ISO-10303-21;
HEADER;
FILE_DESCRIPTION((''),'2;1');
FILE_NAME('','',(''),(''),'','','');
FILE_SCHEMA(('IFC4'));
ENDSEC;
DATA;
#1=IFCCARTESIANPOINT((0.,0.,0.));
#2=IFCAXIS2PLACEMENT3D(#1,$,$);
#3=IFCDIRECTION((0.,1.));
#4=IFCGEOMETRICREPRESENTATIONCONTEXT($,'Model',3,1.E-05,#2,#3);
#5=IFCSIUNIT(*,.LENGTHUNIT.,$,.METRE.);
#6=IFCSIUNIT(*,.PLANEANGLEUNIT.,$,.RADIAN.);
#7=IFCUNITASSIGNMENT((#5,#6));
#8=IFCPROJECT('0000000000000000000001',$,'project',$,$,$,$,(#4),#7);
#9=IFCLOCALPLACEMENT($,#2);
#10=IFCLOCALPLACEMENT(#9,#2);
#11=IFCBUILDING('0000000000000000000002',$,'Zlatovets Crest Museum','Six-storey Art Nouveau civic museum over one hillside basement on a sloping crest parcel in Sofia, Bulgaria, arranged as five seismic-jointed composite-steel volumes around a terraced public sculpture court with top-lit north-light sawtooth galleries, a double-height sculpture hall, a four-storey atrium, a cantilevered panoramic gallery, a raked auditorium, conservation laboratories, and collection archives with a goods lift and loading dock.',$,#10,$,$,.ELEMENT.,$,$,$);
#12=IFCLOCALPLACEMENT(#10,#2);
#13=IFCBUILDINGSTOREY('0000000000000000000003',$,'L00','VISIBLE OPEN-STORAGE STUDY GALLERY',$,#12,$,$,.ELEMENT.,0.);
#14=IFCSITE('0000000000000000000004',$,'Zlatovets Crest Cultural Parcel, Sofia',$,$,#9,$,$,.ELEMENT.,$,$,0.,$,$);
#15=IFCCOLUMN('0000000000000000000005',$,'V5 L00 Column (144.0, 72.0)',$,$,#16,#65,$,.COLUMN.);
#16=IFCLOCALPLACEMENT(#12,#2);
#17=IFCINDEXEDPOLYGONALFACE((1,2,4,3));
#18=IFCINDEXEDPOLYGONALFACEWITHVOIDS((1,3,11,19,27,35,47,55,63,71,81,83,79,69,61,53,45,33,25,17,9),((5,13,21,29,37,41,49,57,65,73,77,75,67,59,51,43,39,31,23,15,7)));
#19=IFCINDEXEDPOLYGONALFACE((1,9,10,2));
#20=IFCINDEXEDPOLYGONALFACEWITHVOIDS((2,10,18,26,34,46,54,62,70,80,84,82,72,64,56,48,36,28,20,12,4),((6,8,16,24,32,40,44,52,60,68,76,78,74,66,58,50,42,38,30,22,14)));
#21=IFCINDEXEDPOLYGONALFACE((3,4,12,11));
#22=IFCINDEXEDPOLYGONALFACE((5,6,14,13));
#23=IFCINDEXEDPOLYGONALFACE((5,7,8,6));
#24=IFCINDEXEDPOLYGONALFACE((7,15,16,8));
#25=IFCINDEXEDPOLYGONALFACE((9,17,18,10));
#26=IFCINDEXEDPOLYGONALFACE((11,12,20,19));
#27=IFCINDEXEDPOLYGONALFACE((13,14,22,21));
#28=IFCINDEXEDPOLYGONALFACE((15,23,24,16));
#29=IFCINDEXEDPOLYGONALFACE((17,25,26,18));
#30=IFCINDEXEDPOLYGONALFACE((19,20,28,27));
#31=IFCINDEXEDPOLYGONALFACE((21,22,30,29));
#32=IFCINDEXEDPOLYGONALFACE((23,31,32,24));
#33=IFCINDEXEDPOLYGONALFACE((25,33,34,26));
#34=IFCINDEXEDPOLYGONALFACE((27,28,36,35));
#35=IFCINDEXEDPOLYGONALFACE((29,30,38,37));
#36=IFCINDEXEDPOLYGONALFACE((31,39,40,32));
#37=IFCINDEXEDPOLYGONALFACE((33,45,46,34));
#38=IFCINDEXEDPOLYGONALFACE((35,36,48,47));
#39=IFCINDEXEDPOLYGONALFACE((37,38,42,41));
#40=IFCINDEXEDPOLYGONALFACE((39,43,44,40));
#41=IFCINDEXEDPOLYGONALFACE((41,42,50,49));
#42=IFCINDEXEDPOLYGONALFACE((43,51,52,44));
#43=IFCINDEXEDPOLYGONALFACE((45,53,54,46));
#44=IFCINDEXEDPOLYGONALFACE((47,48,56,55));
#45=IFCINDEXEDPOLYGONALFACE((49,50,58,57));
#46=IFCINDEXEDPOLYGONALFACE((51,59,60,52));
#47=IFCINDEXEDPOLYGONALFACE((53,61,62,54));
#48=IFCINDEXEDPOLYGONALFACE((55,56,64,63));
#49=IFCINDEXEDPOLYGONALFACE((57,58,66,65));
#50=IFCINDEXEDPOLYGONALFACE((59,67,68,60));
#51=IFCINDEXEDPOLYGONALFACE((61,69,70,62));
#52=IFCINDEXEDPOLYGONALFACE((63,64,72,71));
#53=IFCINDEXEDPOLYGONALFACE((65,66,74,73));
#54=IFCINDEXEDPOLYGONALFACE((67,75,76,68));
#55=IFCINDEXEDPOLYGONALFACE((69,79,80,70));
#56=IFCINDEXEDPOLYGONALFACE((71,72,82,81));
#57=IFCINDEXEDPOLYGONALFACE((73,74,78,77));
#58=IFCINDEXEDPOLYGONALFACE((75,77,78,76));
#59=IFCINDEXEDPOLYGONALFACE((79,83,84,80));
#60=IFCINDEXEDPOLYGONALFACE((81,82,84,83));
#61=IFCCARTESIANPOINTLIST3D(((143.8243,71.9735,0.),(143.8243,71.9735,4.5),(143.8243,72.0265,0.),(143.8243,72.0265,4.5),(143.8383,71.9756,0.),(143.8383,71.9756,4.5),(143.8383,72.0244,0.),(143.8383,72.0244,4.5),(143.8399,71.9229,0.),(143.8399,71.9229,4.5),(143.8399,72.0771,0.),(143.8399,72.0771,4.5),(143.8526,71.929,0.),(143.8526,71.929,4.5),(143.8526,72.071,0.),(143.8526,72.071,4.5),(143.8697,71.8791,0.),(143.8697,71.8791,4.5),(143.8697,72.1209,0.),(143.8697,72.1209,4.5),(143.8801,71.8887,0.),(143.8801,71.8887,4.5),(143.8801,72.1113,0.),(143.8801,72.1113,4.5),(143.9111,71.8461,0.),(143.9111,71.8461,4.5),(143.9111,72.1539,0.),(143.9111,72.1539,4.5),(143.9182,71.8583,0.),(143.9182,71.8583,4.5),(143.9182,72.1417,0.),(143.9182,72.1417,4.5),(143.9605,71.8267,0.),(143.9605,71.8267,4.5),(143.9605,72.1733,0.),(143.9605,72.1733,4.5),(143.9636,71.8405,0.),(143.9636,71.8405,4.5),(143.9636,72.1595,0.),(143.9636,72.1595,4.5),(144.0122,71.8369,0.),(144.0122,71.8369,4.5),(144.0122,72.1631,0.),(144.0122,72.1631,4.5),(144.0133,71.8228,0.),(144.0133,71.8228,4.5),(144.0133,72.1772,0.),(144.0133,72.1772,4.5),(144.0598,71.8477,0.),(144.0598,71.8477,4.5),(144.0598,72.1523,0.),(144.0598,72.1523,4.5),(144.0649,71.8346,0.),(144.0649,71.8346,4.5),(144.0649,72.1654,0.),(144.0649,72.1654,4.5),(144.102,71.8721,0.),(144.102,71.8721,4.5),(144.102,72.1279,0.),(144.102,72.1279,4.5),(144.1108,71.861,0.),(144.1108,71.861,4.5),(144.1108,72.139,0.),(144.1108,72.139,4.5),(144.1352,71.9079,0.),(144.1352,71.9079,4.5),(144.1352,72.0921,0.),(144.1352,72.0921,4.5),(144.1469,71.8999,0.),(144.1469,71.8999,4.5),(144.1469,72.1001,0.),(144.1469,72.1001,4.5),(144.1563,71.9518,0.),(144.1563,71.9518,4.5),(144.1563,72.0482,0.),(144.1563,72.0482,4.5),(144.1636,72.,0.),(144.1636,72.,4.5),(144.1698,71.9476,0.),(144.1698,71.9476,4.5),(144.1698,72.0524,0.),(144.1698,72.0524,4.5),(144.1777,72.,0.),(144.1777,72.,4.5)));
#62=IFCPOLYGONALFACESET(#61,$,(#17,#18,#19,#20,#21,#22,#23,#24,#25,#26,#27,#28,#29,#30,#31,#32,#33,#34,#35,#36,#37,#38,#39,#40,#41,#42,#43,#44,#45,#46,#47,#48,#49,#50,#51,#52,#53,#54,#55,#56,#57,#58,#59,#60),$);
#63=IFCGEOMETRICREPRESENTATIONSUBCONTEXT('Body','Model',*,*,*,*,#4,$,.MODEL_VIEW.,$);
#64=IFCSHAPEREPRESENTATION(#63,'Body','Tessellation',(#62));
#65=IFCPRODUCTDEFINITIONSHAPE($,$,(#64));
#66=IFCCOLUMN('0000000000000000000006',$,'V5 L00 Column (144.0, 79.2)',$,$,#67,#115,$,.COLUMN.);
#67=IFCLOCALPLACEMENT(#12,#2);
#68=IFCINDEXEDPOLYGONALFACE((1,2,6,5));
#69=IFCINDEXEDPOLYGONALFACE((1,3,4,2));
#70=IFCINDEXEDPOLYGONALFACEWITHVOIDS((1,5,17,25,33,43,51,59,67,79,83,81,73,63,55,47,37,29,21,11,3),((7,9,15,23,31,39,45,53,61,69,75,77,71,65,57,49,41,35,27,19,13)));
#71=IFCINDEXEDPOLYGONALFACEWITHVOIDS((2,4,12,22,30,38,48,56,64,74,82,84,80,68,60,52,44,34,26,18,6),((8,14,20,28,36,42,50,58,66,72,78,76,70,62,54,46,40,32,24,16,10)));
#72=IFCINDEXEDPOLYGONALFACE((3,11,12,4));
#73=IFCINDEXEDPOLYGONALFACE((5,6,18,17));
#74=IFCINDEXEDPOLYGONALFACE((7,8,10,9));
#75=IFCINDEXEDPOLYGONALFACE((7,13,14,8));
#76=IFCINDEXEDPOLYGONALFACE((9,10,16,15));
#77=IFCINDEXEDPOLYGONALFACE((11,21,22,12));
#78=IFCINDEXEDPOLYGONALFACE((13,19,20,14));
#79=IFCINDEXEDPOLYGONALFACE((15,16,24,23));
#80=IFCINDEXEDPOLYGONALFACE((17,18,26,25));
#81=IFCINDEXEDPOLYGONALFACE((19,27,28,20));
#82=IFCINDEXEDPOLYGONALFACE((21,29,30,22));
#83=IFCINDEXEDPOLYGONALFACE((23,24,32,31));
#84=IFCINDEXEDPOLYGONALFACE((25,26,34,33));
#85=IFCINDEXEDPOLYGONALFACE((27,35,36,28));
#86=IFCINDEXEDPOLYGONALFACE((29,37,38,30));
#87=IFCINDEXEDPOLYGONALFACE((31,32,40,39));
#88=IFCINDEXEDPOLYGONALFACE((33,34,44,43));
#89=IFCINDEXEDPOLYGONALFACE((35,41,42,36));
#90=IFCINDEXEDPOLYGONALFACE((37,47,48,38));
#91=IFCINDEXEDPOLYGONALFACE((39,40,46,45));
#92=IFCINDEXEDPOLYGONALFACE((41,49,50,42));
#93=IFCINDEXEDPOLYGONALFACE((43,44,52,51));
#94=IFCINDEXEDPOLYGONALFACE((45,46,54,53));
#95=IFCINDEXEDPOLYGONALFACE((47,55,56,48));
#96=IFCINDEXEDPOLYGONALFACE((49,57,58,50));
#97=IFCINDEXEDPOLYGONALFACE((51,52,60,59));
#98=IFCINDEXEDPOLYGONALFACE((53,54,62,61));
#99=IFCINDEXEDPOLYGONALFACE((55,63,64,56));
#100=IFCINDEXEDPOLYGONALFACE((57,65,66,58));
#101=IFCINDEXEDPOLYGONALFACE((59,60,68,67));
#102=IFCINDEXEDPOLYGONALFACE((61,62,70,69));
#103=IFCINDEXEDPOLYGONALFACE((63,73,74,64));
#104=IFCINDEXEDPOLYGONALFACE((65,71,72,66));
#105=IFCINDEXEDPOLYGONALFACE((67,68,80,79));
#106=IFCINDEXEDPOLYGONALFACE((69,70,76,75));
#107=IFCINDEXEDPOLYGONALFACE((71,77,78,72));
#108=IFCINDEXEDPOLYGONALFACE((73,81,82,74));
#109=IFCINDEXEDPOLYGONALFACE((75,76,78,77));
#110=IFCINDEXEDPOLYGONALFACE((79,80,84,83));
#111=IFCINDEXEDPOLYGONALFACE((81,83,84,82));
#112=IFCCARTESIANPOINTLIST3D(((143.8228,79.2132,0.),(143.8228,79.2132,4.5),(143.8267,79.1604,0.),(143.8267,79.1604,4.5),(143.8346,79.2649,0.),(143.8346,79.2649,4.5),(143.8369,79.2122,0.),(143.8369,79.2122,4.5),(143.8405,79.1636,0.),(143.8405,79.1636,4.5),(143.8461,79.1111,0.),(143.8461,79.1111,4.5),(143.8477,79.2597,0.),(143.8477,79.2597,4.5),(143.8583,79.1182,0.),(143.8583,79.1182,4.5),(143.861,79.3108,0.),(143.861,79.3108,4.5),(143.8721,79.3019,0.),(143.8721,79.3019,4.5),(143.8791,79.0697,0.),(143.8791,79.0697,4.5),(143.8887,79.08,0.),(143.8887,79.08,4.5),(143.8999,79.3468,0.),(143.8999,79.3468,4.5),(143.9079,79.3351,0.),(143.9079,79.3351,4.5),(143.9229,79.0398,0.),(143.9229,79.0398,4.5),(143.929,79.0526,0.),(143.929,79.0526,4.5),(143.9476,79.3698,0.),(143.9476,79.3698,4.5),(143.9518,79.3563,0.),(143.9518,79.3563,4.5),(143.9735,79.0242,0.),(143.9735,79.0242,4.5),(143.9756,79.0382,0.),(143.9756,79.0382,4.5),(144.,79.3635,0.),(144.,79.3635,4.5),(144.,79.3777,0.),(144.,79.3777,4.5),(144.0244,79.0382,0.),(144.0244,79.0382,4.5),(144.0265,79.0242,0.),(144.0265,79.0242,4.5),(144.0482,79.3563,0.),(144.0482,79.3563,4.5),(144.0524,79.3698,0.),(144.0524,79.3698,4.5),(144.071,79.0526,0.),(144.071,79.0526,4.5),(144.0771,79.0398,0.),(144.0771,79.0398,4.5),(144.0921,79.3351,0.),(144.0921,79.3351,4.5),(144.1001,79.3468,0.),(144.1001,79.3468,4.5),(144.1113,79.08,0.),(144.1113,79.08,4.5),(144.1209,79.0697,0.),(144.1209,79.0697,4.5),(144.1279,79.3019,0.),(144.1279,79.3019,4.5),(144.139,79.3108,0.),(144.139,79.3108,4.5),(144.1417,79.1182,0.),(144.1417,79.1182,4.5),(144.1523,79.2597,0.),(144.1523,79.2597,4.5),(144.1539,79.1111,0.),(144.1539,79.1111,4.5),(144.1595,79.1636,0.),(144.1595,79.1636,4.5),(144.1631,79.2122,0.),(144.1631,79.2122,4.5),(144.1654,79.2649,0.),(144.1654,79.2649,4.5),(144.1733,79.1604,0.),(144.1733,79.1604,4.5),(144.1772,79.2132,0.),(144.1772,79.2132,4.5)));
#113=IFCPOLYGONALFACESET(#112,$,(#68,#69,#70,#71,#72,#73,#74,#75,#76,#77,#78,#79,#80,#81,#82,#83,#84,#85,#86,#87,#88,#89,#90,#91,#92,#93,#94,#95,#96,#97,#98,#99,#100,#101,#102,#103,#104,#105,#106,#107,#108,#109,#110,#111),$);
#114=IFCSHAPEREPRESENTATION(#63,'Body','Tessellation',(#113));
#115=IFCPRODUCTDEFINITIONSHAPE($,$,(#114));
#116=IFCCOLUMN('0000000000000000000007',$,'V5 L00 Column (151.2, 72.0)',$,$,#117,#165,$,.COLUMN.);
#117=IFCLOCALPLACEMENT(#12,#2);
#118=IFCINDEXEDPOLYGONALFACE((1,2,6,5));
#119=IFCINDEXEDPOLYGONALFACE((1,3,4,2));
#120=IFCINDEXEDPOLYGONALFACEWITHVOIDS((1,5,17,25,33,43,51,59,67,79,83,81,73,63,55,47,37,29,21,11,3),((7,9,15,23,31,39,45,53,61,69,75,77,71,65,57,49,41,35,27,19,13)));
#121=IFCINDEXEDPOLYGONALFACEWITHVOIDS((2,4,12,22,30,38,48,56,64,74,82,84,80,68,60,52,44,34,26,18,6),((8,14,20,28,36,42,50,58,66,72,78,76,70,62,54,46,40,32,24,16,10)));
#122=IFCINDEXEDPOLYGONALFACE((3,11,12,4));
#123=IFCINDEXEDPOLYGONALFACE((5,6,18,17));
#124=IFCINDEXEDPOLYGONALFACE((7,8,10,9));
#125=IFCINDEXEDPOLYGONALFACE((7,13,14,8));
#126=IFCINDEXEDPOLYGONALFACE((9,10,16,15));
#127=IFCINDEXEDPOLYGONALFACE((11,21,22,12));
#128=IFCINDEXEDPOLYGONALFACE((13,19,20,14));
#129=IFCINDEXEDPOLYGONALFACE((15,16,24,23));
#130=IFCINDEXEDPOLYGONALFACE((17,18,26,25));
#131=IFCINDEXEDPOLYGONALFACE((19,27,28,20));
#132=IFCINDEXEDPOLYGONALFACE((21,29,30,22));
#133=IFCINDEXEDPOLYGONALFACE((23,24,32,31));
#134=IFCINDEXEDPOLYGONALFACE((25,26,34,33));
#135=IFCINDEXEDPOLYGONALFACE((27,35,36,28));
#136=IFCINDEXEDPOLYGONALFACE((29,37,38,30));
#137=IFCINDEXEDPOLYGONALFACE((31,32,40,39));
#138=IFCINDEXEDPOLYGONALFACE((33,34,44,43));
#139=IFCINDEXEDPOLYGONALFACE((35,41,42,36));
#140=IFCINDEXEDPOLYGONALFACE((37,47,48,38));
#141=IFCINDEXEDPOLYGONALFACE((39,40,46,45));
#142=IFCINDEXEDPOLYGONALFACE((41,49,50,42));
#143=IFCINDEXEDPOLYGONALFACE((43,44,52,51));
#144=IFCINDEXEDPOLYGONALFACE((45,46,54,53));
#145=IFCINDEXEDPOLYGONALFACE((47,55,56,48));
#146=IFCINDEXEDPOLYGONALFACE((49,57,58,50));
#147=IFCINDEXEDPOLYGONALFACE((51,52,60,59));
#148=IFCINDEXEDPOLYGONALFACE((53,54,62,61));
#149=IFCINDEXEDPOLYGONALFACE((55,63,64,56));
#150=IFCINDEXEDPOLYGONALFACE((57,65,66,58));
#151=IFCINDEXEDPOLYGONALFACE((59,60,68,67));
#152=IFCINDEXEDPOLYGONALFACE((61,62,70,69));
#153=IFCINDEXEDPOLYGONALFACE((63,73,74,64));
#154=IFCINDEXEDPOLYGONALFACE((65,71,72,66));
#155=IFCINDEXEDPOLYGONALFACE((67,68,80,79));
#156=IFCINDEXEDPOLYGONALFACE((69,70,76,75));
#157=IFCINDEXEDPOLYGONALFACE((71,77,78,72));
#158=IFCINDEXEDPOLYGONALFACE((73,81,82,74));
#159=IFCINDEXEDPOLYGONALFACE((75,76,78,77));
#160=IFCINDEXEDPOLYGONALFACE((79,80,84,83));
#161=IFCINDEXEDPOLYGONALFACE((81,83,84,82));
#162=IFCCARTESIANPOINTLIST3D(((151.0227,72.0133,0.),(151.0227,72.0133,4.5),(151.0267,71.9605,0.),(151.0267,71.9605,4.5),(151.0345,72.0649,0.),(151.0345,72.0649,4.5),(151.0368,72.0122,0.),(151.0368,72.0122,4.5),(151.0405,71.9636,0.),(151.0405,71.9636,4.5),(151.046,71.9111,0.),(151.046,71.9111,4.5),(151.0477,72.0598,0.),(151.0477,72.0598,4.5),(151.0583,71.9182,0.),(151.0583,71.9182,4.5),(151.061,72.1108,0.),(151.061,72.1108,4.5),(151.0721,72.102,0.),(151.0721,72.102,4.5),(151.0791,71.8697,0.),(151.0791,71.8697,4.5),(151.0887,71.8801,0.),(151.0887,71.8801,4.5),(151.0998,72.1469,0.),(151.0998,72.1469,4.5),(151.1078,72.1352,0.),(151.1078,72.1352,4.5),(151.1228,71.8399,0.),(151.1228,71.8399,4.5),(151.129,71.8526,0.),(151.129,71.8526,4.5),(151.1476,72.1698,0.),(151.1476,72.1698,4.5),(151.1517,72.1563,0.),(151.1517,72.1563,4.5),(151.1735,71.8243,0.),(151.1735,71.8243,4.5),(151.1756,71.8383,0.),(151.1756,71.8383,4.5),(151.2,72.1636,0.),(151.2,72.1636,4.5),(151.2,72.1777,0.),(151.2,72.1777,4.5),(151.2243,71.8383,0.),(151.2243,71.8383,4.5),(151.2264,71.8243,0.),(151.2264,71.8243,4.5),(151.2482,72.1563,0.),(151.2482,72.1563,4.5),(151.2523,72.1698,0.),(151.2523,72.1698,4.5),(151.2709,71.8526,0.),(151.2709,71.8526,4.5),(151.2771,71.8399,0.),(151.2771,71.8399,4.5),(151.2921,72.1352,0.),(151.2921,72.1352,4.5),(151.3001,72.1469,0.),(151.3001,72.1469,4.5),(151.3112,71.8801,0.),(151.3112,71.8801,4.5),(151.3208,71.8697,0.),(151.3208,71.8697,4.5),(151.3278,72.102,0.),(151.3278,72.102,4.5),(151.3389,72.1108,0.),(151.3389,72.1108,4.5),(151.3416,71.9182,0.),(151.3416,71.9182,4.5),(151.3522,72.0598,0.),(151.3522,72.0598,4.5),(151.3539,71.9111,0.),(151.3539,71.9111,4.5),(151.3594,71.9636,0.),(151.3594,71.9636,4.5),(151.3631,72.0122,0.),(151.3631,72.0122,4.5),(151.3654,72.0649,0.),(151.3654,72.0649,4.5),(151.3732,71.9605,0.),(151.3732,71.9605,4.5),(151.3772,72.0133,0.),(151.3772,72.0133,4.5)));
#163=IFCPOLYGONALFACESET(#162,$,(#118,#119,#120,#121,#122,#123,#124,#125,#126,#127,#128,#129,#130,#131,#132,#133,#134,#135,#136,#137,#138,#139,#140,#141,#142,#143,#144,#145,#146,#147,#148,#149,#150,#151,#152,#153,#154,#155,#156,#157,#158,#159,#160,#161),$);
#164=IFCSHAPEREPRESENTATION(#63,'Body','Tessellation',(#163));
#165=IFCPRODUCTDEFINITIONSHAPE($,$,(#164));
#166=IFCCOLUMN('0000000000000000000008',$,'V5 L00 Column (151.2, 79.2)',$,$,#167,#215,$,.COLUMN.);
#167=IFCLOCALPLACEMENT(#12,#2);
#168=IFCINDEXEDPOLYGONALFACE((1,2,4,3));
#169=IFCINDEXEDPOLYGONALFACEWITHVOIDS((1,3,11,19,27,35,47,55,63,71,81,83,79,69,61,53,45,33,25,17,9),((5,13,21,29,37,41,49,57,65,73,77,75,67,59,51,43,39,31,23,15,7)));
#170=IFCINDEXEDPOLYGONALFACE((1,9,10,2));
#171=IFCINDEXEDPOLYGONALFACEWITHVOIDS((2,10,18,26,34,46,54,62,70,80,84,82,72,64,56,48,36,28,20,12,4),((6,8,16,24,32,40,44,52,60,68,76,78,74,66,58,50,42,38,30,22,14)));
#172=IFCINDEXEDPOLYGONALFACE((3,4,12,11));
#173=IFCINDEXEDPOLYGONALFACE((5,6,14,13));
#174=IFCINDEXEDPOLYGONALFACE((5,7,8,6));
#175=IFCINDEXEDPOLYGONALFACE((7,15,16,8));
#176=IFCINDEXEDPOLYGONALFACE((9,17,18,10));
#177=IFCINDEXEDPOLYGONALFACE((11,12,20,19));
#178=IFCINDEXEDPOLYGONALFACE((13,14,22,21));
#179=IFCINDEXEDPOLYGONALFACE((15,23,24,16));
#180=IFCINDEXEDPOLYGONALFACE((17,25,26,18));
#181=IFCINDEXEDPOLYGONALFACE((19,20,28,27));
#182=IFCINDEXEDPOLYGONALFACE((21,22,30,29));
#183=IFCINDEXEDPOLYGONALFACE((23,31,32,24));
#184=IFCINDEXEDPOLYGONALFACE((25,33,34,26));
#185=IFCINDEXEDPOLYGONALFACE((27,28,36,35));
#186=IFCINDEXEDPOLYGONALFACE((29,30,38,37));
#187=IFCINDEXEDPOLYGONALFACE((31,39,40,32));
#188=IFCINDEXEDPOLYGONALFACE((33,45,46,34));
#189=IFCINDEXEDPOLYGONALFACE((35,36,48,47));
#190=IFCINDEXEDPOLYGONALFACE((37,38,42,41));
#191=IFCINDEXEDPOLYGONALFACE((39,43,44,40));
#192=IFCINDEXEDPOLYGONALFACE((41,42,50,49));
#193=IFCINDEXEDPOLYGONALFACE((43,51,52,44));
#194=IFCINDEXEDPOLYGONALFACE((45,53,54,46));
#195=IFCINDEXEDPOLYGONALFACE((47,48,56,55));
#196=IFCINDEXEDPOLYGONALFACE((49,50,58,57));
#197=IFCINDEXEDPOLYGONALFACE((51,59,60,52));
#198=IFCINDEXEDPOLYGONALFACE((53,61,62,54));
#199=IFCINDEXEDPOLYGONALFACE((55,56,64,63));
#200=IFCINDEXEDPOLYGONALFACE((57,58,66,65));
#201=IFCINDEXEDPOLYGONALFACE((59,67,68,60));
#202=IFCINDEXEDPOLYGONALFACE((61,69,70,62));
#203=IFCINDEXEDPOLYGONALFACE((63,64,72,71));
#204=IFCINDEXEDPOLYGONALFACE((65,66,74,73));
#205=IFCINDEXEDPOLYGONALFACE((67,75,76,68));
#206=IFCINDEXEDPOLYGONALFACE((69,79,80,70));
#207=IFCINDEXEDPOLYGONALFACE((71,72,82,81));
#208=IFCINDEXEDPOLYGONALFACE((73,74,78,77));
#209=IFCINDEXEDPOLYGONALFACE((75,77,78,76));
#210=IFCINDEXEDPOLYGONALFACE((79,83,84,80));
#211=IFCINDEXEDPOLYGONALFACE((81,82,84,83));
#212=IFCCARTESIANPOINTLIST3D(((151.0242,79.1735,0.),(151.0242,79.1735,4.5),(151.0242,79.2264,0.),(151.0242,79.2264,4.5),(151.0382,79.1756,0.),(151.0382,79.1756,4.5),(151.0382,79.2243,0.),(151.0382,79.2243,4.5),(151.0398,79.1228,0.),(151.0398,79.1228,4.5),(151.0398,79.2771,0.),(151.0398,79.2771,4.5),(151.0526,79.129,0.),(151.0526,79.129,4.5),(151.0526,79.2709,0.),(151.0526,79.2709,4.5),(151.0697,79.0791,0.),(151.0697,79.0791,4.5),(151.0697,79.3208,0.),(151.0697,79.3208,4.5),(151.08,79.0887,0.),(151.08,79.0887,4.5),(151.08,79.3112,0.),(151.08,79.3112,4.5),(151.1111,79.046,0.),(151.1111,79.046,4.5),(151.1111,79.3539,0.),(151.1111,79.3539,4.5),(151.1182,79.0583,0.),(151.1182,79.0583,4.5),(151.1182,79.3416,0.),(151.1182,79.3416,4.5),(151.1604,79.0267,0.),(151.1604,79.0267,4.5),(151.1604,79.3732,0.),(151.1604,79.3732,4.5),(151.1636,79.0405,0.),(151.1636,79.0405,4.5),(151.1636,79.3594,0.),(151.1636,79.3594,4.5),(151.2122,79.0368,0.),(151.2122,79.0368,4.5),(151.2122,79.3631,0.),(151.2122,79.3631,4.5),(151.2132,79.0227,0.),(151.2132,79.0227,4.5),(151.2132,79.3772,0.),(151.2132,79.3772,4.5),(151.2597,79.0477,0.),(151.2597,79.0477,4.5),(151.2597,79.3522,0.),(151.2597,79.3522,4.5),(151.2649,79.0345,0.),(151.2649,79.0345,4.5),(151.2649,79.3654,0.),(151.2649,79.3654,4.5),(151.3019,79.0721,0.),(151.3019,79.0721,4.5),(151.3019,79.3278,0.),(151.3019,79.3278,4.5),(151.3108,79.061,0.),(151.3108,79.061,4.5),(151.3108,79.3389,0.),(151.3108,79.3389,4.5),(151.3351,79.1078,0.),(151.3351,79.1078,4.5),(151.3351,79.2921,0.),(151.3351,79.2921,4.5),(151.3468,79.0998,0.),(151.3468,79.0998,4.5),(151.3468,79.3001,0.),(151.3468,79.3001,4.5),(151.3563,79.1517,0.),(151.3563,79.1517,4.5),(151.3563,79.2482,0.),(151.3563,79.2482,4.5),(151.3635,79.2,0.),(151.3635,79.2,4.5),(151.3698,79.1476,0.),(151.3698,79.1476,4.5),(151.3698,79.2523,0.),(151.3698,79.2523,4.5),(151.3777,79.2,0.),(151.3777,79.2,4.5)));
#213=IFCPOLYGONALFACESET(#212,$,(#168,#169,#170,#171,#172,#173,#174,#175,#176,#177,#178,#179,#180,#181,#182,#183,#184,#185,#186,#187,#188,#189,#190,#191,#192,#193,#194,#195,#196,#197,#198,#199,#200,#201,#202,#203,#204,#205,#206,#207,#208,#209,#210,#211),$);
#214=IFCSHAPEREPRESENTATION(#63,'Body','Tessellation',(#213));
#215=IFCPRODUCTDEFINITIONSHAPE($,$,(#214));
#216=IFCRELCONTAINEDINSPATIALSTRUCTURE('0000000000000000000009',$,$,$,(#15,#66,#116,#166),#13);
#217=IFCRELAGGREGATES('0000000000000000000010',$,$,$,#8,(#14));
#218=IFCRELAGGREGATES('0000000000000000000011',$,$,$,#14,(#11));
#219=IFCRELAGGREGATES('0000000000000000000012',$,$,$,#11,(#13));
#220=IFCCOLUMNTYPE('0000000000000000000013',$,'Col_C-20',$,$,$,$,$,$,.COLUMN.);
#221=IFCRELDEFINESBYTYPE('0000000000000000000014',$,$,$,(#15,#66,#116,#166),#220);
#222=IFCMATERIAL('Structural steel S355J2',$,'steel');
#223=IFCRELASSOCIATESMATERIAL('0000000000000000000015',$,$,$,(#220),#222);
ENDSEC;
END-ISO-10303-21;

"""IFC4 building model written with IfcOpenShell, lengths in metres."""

from ifc_helpers import new_model, si_unit, direction, frame, origin, origin_2d, place, context, subcontext, project, spatial, hollow_circle, extrude, material, material_profile, profile_set, type_object, element, save


model = new_model("IFC4")

# Units and contexts
model_context = context("Model", 3, precision=1e-05, world=origin(), true_north=direction((0.0, 1.0)))
body_context = subcontext(model_context, "Body", "Model", "MODEL_VIEW")
ifc_project = project(units=[si_unit("LENGTHUNIT", "METRE"), si_unit("PLANEANGLEUNIT", "RADIAN")], contexts=[model_context])

# Site, building, storey
site_placement = place(None, origin())
site = spatial("IfcSite", under=ifc_project, at=site_placement, Name="Zlatovets Crest Cultural Parcel, Sofia", CompositionType="ELEMENT", RefElevation=0.0)
building_placement = place(site_placement, origin())
building = spatial("IfcBuilding", under=site, at=building_placement, Name="Zlatovets Crest Museum", Description="Six-storey Art Nouveau civic museum over one hillside basement on a sloping crest parcel in Sofia, Bulgaria, arranged as five seismic-jointed composite-steel volumes around a terraced public sculpture court with top-lit north-light sawtooth galleries, a double-height sculpture hall, a four-storey atrium, a cantilevered panoramic gallery, a raked auditorium, conservation laboratories, and collection archives with a goods lift and loading dock.", CompositionType="ELEMENT")
storey_placement = place(building_placement, origin())
storey = spatial("IfcBuildingStorey", under=building, at=storey_placement, Name="L00", Description="VISIBLE OPEN-STORAGE STUDY GALLERY", CompositionType="ELEMENT", Elevation=0.0)

# Columns
ifc_material = material(Name="Structural steel S355J2", Category="steel")
ifc_material_profile_1 = material_profile(ifc_material, hollow_circle(Radius=0.1777, WallThickness=0.0142, at=origin_2d()), Name="CHS 355.6x14.2")
ifc_profile_set_1 = profile_set([ifc_material_profile_1], Name="Structural steel S355J2")
column_type = type_object("IfcColumnType", Name="Col_C-20", PredefinedType="COLUMN", material=ifc_profile_set_1)
for number, where, z_axis, x_axis, name in (
    (1, (144.0, 72.0, 0.0), (0.0, 0.0, 1.0), (1.0, 0.0, 0.0), "V5 L00 Column (144.0, 72.0)"),
    (2, (144.0, 79.2, 0.0), (0.0, 0.0, 1.0), (0.0, 1.0, 0.0), "V5 L00 Column (144.0, 79.2)"),
    (3, (151.2, 72.0, 0.0), (0.0, 0.0, 1.0), (0.0, 1.0, 0.0), "V5 L00 Column (151.2, 72.0)"),
    (4, (151.2, 79.2, 0.0), (0.0, 0.0, 1.0), (1.0, 0.0, 0.0), "V5 L00 Column (151.2, 79.2)"),
):
    element("IfcColumn", number, at=place(storey_placement, frame(where, z_axis=z_axis, x_axis=x_axis)), inside=storey, type_object=column_type, Name=name, PredefinedType="COLUMN", context=body_context, shape_type="SweptSolid", body=[
        extrude(hollow_circle(Radius=0.1777, WallThickness=0.0142, at=origin_2d()), origin(), (0.0, 0.0, 1.0), 4.5),
    ])

save(model, "model.ifc")
